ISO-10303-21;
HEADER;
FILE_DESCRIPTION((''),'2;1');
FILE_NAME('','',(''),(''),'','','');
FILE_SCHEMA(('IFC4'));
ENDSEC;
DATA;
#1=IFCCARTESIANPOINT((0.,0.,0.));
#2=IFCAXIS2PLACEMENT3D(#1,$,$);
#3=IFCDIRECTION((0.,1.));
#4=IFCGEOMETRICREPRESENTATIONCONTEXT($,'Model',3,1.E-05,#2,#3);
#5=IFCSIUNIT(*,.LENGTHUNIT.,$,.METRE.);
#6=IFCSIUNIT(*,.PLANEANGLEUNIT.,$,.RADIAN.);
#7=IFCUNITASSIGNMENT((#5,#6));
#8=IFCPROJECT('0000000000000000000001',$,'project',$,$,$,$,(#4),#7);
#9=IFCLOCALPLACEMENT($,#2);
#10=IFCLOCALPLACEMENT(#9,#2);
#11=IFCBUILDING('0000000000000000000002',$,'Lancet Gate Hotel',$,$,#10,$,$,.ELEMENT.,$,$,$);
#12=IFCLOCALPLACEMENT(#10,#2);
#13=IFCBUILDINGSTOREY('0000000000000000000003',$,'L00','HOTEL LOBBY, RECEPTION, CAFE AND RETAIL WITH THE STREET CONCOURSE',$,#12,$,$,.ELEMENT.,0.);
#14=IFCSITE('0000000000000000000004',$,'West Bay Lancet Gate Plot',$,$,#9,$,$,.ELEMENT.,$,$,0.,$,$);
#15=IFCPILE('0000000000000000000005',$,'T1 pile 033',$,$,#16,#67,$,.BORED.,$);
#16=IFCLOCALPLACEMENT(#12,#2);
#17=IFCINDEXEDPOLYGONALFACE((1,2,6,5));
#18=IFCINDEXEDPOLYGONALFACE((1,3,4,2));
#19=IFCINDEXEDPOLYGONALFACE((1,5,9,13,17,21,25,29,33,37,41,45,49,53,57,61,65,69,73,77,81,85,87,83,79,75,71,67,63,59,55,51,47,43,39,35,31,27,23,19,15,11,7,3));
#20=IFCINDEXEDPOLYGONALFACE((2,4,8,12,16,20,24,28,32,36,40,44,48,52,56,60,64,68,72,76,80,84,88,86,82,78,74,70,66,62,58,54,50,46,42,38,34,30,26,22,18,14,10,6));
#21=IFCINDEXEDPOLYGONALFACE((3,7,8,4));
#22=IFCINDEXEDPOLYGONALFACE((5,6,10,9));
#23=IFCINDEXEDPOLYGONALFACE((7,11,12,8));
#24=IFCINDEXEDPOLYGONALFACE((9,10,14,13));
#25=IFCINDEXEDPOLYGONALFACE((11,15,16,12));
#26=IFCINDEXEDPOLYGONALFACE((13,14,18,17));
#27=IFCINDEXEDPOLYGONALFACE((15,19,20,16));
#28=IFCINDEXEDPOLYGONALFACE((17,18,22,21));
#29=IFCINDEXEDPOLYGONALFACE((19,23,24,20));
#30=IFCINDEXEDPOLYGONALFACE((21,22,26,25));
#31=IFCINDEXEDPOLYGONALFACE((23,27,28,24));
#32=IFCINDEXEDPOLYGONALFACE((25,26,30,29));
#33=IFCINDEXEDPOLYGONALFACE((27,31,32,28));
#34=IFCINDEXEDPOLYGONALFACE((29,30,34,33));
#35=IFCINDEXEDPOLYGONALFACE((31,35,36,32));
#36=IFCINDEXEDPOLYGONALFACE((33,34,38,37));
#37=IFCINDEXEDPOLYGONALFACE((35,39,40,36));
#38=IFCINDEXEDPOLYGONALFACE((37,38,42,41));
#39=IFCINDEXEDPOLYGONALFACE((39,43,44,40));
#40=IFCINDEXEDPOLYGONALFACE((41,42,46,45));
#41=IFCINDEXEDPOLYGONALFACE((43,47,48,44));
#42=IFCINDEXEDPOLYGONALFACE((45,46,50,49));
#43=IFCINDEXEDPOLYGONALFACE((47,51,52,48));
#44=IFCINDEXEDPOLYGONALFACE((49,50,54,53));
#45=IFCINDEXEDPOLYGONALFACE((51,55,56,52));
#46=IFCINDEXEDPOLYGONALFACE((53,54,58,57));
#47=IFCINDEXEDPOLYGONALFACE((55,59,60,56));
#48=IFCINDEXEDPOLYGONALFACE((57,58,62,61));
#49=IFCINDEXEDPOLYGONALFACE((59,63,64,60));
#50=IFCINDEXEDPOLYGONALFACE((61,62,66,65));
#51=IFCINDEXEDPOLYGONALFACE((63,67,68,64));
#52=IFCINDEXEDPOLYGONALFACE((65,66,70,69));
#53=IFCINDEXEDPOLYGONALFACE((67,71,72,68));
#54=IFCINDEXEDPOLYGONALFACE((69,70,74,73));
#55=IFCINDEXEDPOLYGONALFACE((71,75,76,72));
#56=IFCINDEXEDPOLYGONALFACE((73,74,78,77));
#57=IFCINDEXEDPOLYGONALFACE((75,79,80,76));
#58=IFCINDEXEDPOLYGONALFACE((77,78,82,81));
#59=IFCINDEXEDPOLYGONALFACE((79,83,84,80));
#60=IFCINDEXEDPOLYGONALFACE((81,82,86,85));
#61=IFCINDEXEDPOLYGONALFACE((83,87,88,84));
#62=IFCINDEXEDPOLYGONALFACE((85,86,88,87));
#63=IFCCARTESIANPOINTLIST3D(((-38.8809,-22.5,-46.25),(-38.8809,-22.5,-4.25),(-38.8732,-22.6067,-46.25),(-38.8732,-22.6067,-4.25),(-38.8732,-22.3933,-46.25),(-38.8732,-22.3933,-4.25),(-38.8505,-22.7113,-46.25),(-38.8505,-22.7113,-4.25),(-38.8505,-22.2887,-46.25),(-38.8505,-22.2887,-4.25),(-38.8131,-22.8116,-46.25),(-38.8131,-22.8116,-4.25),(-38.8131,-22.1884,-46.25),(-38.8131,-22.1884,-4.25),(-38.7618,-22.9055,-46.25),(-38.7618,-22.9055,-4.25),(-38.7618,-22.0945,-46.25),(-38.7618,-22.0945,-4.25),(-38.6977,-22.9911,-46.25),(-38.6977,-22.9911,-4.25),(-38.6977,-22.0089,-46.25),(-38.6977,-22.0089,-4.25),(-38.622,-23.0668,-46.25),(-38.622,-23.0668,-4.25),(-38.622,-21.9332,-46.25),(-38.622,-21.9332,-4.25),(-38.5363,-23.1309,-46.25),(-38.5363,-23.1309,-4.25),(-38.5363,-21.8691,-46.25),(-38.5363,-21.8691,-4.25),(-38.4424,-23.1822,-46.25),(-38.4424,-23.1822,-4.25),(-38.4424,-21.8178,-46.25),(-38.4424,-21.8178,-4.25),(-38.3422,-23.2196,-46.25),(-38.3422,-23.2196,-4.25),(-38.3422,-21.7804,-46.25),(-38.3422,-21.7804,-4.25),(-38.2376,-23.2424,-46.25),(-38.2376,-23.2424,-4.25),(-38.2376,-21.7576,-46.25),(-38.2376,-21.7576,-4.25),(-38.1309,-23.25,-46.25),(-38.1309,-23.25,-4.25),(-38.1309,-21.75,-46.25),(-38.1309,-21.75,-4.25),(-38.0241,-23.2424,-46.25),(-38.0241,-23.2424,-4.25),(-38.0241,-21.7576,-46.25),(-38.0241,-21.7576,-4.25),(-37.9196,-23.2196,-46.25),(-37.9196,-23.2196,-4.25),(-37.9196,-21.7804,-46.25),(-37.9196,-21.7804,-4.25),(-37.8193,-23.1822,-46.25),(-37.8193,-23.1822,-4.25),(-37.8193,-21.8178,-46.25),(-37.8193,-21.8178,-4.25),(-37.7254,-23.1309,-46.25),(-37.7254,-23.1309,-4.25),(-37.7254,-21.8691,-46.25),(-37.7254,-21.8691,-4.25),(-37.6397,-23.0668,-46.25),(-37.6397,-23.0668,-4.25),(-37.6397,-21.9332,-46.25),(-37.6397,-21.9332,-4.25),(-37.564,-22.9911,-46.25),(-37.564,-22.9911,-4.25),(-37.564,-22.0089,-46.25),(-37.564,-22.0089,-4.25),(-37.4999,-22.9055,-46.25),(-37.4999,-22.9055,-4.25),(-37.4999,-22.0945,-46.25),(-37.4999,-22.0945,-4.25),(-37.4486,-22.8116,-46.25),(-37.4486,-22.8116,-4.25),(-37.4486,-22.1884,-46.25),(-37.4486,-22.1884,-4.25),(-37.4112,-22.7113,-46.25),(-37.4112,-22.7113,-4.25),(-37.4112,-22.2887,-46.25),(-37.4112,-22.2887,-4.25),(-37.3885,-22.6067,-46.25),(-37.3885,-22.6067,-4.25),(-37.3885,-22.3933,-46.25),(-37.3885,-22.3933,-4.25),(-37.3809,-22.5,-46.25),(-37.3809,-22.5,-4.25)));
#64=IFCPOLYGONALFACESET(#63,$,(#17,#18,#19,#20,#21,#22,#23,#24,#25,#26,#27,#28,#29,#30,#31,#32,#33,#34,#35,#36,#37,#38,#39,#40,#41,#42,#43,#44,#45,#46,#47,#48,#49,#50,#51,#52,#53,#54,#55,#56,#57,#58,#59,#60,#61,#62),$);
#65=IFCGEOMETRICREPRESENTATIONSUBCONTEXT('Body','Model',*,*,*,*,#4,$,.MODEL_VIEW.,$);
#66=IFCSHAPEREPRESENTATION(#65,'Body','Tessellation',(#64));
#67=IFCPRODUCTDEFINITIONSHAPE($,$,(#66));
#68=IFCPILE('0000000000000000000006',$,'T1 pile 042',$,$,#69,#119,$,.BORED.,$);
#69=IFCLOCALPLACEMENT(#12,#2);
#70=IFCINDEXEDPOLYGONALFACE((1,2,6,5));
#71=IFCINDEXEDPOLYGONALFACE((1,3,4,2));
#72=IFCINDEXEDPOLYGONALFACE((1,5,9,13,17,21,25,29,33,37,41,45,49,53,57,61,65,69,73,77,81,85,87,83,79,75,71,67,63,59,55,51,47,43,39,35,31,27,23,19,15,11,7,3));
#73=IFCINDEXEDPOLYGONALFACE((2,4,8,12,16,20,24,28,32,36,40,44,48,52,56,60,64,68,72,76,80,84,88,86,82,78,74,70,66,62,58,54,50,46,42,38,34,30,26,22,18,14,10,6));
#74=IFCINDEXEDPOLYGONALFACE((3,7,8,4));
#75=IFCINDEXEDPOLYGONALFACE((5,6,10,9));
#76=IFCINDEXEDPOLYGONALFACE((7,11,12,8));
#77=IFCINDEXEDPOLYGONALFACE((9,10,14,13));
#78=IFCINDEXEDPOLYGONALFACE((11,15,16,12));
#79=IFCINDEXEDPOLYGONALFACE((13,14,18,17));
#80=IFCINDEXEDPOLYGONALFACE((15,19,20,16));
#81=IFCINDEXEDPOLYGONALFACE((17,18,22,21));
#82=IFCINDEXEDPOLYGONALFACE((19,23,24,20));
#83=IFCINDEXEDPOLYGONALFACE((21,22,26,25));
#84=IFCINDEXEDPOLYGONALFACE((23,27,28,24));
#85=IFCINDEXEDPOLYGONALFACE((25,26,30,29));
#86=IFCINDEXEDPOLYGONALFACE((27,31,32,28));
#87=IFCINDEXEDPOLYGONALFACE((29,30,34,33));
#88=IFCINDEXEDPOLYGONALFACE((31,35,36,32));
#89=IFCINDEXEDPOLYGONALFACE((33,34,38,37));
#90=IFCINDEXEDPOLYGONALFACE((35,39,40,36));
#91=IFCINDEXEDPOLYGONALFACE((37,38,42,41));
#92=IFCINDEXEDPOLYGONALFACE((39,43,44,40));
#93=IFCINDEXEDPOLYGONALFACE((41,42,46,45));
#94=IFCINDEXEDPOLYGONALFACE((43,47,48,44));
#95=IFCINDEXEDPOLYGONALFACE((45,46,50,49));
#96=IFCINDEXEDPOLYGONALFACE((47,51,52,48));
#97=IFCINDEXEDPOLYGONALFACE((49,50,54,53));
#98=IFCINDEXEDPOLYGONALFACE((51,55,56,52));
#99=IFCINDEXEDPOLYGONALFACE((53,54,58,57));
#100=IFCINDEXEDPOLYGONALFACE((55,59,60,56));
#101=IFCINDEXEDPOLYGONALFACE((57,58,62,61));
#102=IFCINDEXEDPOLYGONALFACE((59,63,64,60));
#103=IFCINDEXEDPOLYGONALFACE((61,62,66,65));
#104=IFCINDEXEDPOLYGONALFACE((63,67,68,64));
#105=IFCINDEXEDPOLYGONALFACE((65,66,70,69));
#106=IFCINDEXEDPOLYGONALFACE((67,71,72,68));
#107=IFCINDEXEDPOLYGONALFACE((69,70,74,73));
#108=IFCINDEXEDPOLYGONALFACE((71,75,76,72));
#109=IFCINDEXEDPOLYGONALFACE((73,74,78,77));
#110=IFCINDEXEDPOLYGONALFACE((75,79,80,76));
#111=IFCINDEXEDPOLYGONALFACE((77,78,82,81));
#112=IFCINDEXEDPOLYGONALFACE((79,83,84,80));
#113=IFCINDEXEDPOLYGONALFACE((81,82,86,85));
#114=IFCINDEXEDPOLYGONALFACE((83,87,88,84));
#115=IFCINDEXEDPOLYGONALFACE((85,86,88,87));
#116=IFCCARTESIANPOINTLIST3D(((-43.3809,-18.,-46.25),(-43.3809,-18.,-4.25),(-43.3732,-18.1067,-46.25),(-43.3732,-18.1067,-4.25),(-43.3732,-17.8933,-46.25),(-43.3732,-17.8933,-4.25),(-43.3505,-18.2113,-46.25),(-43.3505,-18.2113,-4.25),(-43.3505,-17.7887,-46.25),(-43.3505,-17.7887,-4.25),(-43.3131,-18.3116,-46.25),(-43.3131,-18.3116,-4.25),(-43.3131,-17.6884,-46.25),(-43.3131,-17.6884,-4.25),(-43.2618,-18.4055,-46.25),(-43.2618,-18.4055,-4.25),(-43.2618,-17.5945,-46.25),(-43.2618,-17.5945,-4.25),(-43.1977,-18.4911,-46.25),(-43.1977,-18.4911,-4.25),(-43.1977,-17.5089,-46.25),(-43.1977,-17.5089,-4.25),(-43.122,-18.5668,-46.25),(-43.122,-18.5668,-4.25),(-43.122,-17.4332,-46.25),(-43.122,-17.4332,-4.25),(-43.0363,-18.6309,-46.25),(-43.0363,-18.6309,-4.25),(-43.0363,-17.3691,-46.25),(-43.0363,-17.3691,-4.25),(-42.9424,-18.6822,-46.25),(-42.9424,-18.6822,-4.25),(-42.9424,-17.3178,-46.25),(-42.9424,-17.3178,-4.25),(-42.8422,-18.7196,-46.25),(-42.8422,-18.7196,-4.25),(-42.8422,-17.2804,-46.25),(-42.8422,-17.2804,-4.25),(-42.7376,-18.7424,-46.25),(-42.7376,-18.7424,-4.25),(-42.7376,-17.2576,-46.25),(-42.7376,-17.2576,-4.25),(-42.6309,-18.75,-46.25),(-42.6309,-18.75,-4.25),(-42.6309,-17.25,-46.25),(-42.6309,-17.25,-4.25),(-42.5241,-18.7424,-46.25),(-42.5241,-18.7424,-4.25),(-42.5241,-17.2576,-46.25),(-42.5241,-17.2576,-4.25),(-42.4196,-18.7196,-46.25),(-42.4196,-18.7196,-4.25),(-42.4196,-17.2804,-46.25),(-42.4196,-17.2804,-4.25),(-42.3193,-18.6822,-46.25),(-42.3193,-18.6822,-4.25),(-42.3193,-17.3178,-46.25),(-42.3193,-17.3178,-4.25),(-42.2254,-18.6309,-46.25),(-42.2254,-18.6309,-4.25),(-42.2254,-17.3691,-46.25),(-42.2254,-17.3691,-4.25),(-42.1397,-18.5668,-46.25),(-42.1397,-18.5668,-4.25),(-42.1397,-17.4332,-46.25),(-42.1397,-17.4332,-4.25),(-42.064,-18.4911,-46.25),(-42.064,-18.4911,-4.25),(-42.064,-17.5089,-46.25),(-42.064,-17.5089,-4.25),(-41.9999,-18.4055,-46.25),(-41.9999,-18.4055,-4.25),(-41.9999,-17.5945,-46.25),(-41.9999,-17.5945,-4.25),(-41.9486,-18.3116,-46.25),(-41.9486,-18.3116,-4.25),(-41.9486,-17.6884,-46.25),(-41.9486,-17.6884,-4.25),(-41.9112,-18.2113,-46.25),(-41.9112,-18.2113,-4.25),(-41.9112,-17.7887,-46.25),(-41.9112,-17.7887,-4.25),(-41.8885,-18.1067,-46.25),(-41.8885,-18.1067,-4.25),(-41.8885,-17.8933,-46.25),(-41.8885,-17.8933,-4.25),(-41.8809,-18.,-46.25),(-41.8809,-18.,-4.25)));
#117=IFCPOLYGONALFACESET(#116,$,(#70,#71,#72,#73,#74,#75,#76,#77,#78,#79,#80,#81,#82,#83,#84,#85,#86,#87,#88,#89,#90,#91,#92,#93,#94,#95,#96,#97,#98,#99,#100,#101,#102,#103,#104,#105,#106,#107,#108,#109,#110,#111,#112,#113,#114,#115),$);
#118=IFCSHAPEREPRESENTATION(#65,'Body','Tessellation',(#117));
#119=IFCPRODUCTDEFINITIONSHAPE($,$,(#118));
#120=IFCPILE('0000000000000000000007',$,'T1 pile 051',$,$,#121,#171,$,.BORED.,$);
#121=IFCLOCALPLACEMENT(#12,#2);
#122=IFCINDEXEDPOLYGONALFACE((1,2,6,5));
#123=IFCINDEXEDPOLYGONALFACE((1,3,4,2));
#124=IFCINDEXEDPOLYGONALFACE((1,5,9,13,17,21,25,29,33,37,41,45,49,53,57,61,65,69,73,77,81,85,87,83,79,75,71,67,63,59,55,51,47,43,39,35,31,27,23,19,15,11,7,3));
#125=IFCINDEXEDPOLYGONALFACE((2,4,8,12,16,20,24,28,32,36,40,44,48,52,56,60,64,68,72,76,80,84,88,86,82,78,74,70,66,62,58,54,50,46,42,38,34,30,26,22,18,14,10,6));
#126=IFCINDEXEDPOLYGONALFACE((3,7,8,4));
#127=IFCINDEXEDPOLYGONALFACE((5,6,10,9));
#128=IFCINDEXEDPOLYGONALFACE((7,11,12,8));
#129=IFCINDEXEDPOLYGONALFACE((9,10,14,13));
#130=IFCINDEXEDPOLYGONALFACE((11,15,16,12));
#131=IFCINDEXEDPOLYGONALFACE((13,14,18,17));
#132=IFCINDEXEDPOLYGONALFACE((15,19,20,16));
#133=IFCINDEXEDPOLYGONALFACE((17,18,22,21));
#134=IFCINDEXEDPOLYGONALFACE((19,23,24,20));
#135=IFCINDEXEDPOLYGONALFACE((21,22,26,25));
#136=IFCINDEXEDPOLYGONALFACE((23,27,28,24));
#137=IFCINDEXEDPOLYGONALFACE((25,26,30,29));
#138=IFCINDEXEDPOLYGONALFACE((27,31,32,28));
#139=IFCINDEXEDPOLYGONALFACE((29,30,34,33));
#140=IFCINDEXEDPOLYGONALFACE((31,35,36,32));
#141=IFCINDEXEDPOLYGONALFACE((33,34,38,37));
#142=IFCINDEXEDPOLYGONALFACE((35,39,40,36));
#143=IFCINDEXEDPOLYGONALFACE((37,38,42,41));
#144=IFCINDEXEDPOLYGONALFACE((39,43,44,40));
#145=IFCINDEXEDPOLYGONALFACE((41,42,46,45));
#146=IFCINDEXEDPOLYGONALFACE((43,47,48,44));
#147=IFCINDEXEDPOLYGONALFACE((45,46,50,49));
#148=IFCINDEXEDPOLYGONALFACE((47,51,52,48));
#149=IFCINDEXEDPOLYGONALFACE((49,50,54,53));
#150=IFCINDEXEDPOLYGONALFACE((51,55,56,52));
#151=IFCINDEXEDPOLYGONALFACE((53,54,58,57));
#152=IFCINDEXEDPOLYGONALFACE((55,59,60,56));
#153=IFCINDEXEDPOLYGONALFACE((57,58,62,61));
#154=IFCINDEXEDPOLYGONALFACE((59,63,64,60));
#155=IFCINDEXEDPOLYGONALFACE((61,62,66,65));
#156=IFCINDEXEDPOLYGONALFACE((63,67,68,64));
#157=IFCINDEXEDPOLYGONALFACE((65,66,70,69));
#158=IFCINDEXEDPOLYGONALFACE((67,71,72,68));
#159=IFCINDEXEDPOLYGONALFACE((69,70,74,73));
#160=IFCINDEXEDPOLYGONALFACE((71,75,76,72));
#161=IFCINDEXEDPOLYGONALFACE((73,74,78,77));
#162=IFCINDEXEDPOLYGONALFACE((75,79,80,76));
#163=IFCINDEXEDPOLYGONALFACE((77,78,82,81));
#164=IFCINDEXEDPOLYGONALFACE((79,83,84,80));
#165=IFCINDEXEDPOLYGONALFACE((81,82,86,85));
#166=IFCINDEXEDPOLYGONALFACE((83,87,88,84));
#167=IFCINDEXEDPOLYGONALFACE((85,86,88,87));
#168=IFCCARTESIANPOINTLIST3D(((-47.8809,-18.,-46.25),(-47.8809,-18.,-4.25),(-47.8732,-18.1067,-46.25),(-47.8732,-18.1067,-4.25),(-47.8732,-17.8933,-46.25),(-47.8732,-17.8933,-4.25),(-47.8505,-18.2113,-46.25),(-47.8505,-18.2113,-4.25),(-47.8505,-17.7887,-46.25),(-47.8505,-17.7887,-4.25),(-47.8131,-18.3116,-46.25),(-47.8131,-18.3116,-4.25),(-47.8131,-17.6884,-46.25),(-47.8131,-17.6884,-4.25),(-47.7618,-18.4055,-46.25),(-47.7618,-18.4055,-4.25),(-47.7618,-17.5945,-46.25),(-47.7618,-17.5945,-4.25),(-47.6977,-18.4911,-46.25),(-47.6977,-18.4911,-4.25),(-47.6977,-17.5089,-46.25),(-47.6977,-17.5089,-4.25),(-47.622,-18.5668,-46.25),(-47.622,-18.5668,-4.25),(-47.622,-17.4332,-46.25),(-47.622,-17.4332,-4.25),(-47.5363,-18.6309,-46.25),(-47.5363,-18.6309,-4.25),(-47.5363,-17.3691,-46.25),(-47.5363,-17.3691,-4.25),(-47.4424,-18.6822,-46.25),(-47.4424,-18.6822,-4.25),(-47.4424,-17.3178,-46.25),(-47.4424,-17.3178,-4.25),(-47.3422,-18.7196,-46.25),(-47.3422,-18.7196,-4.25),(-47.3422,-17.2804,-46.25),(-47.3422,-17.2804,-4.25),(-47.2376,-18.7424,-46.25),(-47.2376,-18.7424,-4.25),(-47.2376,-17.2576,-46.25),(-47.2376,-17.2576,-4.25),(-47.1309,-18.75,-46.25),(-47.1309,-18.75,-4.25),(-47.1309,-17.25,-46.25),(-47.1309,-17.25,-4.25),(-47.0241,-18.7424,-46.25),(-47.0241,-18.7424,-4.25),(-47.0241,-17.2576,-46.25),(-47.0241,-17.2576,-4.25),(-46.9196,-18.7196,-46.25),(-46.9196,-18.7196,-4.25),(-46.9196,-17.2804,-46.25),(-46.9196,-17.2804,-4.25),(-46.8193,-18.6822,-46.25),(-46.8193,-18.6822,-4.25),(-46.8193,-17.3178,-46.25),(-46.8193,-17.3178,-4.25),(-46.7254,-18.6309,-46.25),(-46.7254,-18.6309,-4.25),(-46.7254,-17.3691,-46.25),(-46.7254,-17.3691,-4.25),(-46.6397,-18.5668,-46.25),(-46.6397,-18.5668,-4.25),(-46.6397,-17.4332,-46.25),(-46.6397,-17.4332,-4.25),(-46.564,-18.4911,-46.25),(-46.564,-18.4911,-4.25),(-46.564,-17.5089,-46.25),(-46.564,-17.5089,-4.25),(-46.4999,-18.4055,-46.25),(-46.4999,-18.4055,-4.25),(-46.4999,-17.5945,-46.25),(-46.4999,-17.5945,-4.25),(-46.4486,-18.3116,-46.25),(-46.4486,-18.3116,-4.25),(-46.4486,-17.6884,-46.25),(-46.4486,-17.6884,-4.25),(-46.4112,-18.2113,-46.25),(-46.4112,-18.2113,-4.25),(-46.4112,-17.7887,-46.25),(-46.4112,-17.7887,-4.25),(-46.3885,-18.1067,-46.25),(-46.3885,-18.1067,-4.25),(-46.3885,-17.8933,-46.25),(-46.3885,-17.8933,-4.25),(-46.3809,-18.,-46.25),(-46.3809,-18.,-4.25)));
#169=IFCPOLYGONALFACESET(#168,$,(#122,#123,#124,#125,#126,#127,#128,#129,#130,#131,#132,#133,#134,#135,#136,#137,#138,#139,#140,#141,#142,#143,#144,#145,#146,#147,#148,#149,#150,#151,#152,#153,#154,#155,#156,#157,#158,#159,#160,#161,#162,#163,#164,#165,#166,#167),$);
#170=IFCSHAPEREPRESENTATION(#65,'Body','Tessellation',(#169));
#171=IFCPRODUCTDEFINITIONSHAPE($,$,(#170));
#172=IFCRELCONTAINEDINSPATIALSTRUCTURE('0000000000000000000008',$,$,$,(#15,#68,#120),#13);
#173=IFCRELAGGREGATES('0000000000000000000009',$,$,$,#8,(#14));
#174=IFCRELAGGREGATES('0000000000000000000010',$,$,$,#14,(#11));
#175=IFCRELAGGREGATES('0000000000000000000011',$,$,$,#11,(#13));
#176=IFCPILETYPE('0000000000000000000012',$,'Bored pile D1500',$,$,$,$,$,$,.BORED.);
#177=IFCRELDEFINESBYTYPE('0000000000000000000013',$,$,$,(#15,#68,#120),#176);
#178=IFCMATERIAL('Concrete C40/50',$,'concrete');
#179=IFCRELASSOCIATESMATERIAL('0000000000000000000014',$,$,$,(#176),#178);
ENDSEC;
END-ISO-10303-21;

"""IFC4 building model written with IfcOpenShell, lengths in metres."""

from ifc_helpers import new_model, si_unit, direction, frame, origin, origin_2d, place, context, subcontext, project, spatial, circle, extrude, material, material_profile, profile_set, type_object, element, save


model = new_model("IFC4")

# Units and contexts
model_context = context("Model", 3, precision=1e-05, world=origin(), true_north=direction((0.0, 1.0)))
body_context = subcontext(model_context, "Body", "Model", "MODEL_VIEW")
ifc_project = project(units=[si_unit("LENGTHUNIT", "METRE"), si_unit("PLANEANGLEUNIT", "RADIAN")], contexts=[model_context])

# Site, building, storey
site_placement = place(None, origin())
site = spatial("IfcSite", under=ifc_project, at=site_placement, Name="West Bay Lancet Gate Plot", CompositionType="ELEMENT", RefElevation=0.0)
building_placement = place(site_placement, origin())
building = spatial("IfcBuilding", under=site, at=building_placement, Name="Lancet Gate Hotel", CompositionType="ELEMENT")
storey_placement = place(building_placement, origin())
storey = spatial("IfcBuildingStorey", under=building, at=storey_placement, Name="L00", Description="HOTEL LOBBY, RECEPTION, CAFE AND RETAIL WITH THE STREET CONCOURSE", CompositionType="ELEMENT", Elevation=0.0)

# Piles
ifc_material_1 = material(Name="Concrete C40/50", Category="concrete")
ifc_material_profile_1 = material_profile(ifc_material_1, circle(Radius=0.75, at=origin_2d()), Name="PILE D1500")
ifc_profile_set_1 = profile_set([ifc_material_profile_1], Name="Concrete C40/50")
pile_type = type_object("IfcPileType", Name="Bored pile D1500", PredefinedType="BORED", material=ifc_profile_set_1)
for number, where, z_axis, x_axis, name in (
    (1, (-38.1309, -22.5, -4.25), (0.0, 0.0, -1.0), (1.0, 0.0, 0.0), "T1 pile 033"),
    (2, (-42.6309, -18.0, -4.25), (0.0, 0.0, -1.0), (1.0, 0.0, 0.0), "T1 pile 042"),
    (3, (-47.1309, -18.0, -4.25), (0.0, 0.0, -1.0), (1.0, 0.0, 0.0), "T1 pile 051"),
):
    element("IfcPile", number, at=place(storey_placement, frame(where, z_axis=z_axis, x_axis=x_axis)), inside=storey, type_object=pile_type, Name=name, PredefinedType="BORED", context=body_context, shape_type="SweptSolid", body=[
        extrude(circle(Radius=0.75, at=origin_2d()), origin(), (0.0, 0.0, 1.0), 42.0),
    ])

save(model, "model.ifc")
